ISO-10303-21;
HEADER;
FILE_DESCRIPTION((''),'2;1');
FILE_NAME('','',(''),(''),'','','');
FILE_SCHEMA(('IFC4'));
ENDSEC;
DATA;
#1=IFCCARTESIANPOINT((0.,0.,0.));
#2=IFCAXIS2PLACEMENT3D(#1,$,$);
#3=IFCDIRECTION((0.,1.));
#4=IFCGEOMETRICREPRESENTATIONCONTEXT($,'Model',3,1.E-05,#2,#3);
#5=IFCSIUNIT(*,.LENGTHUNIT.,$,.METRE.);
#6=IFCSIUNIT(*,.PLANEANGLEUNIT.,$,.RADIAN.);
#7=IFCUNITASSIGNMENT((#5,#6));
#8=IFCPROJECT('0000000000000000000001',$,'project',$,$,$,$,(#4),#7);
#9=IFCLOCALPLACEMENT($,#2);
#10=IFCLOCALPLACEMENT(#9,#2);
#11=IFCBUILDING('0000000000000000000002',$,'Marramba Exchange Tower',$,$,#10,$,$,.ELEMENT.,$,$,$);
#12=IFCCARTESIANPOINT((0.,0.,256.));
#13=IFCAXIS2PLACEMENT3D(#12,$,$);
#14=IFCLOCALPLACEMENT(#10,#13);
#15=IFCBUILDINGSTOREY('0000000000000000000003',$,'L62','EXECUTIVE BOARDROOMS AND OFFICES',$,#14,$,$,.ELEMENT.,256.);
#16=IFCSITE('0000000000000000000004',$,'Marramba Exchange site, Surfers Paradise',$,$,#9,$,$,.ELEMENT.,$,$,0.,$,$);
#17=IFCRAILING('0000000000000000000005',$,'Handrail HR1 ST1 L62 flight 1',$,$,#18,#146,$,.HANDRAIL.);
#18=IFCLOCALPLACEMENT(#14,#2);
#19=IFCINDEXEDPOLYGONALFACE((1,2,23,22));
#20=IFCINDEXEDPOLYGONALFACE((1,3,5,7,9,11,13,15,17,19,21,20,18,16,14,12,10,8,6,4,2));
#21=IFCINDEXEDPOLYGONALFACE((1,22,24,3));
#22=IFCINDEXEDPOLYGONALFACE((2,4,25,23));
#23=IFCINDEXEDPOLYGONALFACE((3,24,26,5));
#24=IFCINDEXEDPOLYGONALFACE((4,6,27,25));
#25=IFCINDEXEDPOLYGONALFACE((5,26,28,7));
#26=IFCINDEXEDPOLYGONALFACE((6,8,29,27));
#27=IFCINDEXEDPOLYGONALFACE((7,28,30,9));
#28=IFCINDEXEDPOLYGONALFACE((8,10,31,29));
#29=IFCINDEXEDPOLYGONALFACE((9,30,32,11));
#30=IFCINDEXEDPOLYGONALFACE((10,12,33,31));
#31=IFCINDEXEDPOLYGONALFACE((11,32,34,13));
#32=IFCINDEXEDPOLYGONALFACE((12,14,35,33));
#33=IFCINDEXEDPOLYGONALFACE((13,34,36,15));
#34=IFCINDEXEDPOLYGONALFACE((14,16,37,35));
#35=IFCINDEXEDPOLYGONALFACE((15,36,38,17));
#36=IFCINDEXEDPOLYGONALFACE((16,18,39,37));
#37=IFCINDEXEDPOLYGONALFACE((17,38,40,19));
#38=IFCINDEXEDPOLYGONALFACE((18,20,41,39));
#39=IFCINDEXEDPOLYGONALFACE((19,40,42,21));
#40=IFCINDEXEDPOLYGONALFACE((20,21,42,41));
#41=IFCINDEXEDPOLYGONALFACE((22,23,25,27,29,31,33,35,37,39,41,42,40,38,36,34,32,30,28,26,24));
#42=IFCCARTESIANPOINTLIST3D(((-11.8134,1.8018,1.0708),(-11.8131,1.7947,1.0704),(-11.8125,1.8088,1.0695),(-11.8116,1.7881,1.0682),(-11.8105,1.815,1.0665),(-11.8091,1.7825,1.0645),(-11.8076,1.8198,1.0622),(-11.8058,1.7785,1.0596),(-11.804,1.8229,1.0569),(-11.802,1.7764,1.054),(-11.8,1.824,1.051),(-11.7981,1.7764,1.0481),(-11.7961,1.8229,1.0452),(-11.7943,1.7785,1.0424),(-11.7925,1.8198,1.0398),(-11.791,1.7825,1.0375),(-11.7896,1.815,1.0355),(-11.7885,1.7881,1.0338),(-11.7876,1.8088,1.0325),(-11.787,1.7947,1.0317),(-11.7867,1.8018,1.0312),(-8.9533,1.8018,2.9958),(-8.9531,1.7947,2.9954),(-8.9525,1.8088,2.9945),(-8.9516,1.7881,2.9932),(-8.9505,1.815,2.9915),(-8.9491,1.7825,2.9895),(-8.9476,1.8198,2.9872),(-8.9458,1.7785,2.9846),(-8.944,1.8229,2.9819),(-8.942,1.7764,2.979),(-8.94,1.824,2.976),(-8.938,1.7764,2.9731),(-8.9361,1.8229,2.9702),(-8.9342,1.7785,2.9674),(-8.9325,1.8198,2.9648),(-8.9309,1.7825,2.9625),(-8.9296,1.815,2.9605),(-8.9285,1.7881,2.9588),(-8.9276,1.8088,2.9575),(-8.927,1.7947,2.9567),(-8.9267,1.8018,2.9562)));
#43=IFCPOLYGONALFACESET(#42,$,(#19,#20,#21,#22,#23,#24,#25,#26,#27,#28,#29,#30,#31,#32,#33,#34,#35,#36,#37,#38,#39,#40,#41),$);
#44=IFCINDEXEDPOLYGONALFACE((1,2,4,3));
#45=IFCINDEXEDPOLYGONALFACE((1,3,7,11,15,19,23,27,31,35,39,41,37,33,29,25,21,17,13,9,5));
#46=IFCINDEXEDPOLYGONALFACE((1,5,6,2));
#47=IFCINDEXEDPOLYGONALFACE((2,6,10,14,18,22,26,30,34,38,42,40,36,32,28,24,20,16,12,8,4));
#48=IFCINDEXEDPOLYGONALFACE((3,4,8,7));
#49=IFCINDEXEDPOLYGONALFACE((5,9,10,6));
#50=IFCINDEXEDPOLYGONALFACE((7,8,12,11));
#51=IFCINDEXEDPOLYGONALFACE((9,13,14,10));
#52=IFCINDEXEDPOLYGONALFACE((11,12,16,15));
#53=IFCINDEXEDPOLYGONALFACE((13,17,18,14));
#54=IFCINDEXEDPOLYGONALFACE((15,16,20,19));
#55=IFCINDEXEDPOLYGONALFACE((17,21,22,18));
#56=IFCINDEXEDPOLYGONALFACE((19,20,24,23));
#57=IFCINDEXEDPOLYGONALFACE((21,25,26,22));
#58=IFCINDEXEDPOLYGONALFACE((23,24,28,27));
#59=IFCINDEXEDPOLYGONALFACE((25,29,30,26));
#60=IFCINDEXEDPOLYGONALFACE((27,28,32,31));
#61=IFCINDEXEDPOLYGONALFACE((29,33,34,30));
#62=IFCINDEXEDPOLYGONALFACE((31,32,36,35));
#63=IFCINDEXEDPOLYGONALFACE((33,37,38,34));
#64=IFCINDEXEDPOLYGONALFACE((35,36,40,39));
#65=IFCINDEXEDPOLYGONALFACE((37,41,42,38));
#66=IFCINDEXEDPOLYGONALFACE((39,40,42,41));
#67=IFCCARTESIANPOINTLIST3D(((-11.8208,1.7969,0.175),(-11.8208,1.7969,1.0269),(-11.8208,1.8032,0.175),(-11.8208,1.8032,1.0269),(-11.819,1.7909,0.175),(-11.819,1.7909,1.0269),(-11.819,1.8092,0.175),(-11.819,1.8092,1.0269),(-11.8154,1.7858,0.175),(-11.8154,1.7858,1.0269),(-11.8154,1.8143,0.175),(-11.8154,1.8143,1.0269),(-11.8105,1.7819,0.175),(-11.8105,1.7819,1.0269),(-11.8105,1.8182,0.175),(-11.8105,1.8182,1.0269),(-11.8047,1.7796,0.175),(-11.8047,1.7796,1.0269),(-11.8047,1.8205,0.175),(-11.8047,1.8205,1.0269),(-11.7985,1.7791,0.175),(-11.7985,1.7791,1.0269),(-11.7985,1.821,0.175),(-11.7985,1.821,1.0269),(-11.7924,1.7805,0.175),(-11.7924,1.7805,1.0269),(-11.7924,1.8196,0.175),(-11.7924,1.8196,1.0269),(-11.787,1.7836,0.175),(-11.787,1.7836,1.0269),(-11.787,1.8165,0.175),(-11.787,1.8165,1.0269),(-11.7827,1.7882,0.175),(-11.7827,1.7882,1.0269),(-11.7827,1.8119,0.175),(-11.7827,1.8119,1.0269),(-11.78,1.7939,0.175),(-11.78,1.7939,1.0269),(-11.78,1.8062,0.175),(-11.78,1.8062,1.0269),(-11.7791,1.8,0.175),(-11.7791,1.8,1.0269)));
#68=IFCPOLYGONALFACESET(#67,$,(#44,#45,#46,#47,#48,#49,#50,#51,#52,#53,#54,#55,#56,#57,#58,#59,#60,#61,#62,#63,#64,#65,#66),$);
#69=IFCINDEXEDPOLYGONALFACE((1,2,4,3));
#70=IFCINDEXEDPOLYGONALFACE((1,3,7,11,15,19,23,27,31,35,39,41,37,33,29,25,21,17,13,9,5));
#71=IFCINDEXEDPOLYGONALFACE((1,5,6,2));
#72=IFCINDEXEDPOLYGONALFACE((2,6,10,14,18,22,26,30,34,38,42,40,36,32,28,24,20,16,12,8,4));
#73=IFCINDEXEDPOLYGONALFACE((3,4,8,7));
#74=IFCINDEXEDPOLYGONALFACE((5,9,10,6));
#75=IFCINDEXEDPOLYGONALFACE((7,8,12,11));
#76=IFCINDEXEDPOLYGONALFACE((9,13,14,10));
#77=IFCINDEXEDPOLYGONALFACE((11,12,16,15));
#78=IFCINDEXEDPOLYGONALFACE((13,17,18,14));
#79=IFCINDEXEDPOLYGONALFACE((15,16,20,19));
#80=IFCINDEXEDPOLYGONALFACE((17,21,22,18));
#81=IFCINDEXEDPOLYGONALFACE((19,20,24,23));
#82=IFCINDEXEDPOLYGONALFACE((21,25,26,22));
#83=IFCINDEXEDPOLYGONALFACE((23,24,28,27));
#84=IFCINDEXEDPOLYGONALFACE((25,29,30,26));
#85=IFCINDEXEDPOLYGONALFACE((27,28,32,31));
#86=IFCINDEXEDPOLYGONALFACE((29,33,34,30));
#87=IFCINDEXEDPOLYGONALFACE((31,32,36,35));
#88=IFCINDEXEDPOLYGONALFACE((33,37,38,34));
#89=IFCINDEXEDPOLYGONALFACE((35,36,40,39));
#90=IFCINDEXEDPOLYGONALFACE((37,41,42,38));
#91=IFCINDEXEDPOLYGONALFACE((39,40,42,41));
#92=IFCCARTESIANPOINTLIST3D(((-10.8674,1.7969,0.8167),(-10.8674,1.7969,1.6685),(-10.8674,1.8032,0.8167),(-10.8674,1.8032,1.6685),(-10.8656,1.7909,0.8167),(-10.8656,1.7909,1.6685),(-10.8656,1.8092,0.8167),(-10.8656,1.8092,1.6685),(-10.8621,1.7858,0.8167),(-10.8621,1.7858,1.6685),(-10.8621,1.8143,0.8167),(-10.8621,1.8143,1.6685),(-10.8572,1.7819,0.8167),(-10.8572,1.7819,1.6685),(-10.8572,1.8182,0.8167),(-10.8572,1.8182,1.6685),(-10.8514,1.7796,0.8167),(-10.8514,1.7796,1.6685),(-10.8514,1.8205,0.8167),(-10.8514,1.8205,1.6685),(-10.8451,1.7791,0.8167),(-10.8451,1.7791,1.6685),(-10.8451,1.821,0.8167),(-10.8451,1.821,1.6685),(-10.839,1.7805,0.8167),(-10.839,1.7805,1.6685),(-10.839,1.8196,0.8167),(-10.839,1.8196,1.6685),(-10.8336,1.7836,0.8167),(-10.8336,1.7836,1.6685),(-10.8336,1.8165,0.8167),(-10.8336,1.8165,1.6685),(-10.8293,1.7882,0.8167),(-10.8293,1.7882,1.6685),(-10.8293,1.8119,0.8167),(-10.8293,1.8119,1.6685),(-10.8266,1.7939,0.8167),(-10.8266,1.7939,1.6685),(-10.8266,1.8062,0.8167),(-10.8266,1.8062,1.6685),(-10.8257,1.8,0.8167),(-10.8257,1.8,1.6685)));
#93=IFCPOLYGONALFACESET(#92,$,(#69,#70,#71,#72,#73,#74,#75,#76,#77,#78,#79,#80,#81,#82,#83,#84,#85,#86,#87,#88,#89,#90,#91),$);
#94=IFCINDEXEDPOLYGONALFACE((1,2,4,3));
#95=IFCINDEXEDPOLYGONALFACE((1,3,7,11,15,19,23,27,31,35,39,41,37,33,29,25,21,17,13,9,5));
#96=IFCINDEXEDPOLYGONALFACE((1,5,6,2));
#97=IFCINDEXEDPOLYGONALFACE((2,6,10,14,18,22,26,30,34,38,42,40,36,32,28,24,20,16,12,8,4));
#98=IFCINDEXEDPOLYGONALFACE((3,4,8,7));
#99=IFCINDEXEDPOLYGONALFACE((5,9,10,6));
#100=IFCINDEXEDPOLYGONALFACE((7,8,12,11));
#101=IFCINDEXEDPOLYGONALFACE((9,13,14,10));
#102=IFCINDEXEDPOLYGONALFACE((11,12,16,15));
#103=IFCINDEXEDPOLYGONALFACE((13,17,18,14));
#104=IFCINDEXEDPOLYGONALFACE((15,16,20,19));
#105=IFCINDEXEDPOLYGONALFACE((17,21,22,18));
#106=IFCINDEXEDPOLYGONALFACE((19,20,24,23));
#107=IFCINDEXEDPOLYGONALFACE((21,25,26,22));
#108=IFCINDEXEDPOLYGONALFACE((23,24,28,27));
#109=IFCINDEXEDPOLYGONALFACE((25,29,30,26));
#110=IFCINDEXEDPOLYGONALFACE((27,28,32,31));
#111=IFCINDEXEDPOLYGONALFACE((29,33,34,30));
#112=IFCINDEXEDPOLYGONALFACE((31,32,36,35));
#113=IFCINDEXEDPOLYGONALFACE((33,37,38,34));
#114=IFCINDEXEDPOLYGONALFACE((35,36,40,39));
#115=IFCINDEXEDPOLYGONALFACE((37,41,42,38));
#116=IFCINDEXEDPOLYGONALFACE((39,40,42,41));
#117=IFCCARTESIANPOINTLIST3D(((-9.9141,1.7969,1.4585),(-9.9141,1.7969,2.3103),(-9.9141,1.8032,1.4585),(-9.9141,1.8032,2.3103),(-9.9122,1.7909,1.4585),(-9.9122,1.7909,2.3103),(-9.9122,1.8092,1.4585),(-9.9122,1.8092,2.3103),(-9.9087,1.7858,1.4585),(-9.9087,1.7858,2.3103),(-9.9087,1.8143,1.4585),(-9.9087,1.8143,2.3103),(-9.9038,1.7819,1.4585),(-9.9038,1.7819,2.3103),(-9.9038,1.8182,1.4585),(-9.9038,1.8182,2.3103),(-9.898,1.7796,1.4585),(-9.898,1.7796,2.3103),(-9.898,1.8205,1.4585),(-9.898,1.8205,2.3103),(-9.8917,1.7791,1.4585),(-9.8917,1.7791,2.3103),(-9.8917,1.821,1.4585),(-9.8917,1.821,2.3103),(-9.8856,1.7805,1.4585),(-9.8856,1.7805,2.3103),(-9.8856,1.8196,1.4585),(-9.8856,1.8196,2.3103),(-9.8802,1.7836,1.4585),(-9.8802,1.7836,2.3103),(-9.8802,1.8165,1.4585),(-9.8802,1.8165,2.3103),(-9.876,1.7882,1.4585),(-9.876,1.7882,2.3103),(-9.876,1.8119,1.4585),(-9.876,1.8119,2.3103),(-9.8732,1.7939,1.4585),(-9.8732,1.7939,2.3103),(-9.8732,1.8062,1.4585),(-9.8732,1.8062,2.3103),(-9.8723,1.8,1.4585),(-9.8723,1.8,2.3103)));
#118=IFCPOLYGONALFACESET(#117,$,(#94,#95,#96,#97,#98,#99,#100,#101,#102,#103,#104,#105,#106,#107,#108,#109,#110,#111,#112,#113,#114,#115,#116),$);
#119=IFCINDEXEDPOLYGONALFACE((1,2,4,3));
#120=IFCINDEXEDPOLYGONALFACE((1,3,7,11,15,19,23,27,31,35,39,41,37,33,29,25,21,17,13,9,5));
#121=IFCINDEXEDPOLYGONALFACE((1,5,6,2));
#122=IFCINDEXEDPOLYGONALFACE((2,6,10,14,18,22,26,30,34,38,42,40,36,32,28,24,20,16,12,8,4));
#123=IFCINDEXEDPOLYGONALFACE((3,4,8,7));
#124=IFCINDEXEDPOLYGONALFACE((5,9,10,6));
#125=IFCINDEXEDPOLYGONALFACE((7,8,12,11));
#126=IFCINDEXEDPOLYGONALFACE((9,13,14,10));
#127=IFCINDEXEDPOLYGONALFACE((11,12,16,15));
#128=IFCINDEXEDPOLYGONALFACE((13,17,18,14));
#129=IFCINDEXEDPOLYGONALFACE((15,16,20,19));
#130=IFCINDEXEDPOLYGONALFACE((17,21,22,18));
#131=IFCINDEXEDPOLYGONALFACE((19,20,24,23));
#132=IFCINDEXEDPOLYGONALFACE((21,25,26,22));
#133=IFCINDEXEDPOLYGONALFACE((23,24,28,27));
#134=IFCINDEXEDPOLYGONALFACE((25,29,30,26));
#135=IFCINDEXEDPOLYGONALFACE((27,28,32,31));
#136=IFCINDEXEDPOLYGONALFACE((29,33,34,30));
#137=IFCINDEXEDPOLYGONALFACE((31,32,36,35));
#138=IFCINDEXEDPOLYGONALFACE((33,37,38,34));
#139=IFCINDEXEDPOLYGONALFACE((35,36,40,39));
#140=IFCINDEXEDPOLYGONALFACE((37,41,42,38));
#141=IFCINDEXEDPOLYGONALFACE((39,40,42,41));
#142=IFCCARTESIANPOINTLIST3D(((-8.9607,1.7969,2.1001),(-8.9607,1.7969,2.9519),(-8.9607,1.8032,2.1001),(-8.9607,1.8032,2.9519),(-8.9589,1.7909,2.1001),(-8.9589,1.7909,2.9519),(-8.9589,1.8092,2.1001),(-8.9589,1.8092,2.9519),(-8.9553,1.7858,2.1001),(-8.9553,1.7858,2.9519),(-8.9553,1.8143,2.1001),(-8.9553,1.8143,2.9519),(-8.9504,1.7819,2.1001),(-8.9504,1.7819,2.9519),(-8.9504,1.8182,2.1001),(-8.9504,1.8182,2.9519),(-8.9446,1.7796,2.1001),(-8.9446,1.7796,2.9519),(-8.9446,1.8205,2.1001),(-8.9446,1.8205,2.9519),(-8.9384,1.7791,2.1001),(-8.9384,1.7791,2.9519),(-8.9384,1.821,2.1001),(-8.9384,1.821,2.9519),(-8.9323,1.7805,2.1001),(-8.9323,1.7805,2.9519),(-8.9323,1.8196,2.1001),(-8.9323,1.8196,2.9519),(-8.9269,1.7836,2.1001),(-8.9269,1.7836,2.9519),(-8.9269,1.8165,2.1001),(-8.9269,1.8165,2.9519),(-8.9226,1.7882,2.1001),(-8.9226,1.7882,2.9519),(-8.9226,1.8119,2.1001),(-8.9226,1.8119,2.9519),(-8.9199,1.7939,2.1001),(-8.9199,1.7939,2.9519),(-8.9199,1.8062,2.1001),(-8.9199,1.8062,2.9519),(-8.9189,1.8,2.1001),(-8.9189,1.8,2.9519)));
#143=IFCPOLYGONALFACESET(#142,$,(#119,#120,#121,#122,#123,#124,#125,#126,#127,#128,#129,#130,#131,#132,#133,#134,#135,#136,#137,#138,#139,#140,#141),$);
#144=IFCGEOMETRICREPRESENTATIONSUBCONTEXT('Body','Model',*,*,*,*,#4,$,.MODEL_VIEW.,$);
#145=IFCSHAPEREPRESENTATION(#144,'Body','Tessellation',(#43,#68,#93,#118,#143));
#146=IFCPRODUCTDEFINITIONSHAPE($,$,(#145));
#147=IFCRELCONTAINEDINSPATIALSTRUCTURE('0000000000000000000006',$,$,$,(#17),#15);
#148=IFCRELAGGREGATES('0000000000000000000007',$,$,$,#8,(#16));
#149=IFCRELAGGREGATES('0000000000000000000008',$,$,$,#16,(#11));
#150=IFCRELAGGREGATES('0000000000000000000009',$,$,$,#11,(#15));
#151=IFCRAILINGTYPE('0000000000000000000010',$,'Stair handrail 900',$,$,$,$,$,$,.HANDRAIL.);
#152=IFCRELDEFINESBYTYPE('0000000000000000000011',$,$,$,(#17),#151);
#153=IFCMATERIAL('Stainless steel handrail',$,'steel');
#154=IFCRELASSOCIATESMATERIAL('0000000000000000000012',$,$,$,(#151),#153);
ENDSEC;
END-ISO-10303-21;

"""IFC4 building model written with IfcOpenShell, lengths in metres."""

from ifc_helpers import new_model, si_unit, direction, frame, origin, origin_2d, place, context, subcontext, project, spatial, circle, extrude, material, type_object, element, save


model = new_model("IFC4")

# Units and contexts
model_context = context("Model", 3, precision=1e-05, world=origin(), true_north=direction((0.0, 1.0)))
body_context = subcontext(model_context, "Body", "Model", "MODEL_VIEW")
ifc_project = project(units=[si_unit("LENGTHUNIT", "METRE"), si_unit("PLANEANGLEUNIT", "RADIAN")], contexts=[model_context])

# Site, building, storey
site_placement = place(None, origin())
site = spatial("IfcSite", under=ifc_project, at=site_placement, Name="Marramba Exchange site, Surfers Paradise", CompositionType="ELEMENT", RefElevation=0.0)
building_placement = place(site_placement, origin())
building = spatial("IfcBuilding", under=site, at=building_placement, Name="Marramba Exchange Tower", CompositionType="ELEMENT")
storey_placement = place(building_placement, frame((0.0, 0.0, 256.0)))
storey = spatial("IfcBuildingStorey", under=building, at=storey_placement, Name="L62", Description="EXECUTIVE BOARDROOMS AND OFFICES", CompositionType="ELEMENT", Elevation=256.0)

# Railing
ifc_material_1 = material(Name="Stainless steel handrail", Category="steel")
railing_type = type_object("IfcRailingType", Name="Stair handrail 900", PredefinedType="HANDRAIL", material=ifc_material_1)
railing_placement = place(storey_placement, frame((-11.8, 1.8, 0.175)))
element("IfcRailing", 1, at=railing_placement, inside=storey, type_object=railing_type, Name="Handrail HR1 ST1 L62 flight 1", PredefinedType="HANDRAIL", context=body_context, shape_type="SweptSolid", body=[
    extrude(circle(Radius=0.0239, at=origin_2d()), frame((0.0, 0.0, 0.876), z_axis=(0.829591, 0.0, 0.558372), x_axis=(0.0, 1.0, 0.0)), (0.0, 0.0, 1.0), 3.4475),
    extrude(circle(Radius=0.021, at=origin_2d()), origin(), (0.0, 0.0, 1.0), 0.8518),
    extrude(circle(Radius=0.021, at=origin_2d()), frame((0.9534, 0.0, 0.6416)), (0.0, 0.0, 1.0), 0.8518),
    extrude(circle(Radius=0.021, at=origin_2d()), frame((1.9067, 0.0, 1.2834)), (0.0, 0.0, 1.0), 0.8518),
    extrude(circle(Radius=0.021, at=origin_2d()), frame((2.8601, 0.0, 1.925)), (0.0, 0.0, 1.0), 0.8518),
])

save(model, "model.ifc")
